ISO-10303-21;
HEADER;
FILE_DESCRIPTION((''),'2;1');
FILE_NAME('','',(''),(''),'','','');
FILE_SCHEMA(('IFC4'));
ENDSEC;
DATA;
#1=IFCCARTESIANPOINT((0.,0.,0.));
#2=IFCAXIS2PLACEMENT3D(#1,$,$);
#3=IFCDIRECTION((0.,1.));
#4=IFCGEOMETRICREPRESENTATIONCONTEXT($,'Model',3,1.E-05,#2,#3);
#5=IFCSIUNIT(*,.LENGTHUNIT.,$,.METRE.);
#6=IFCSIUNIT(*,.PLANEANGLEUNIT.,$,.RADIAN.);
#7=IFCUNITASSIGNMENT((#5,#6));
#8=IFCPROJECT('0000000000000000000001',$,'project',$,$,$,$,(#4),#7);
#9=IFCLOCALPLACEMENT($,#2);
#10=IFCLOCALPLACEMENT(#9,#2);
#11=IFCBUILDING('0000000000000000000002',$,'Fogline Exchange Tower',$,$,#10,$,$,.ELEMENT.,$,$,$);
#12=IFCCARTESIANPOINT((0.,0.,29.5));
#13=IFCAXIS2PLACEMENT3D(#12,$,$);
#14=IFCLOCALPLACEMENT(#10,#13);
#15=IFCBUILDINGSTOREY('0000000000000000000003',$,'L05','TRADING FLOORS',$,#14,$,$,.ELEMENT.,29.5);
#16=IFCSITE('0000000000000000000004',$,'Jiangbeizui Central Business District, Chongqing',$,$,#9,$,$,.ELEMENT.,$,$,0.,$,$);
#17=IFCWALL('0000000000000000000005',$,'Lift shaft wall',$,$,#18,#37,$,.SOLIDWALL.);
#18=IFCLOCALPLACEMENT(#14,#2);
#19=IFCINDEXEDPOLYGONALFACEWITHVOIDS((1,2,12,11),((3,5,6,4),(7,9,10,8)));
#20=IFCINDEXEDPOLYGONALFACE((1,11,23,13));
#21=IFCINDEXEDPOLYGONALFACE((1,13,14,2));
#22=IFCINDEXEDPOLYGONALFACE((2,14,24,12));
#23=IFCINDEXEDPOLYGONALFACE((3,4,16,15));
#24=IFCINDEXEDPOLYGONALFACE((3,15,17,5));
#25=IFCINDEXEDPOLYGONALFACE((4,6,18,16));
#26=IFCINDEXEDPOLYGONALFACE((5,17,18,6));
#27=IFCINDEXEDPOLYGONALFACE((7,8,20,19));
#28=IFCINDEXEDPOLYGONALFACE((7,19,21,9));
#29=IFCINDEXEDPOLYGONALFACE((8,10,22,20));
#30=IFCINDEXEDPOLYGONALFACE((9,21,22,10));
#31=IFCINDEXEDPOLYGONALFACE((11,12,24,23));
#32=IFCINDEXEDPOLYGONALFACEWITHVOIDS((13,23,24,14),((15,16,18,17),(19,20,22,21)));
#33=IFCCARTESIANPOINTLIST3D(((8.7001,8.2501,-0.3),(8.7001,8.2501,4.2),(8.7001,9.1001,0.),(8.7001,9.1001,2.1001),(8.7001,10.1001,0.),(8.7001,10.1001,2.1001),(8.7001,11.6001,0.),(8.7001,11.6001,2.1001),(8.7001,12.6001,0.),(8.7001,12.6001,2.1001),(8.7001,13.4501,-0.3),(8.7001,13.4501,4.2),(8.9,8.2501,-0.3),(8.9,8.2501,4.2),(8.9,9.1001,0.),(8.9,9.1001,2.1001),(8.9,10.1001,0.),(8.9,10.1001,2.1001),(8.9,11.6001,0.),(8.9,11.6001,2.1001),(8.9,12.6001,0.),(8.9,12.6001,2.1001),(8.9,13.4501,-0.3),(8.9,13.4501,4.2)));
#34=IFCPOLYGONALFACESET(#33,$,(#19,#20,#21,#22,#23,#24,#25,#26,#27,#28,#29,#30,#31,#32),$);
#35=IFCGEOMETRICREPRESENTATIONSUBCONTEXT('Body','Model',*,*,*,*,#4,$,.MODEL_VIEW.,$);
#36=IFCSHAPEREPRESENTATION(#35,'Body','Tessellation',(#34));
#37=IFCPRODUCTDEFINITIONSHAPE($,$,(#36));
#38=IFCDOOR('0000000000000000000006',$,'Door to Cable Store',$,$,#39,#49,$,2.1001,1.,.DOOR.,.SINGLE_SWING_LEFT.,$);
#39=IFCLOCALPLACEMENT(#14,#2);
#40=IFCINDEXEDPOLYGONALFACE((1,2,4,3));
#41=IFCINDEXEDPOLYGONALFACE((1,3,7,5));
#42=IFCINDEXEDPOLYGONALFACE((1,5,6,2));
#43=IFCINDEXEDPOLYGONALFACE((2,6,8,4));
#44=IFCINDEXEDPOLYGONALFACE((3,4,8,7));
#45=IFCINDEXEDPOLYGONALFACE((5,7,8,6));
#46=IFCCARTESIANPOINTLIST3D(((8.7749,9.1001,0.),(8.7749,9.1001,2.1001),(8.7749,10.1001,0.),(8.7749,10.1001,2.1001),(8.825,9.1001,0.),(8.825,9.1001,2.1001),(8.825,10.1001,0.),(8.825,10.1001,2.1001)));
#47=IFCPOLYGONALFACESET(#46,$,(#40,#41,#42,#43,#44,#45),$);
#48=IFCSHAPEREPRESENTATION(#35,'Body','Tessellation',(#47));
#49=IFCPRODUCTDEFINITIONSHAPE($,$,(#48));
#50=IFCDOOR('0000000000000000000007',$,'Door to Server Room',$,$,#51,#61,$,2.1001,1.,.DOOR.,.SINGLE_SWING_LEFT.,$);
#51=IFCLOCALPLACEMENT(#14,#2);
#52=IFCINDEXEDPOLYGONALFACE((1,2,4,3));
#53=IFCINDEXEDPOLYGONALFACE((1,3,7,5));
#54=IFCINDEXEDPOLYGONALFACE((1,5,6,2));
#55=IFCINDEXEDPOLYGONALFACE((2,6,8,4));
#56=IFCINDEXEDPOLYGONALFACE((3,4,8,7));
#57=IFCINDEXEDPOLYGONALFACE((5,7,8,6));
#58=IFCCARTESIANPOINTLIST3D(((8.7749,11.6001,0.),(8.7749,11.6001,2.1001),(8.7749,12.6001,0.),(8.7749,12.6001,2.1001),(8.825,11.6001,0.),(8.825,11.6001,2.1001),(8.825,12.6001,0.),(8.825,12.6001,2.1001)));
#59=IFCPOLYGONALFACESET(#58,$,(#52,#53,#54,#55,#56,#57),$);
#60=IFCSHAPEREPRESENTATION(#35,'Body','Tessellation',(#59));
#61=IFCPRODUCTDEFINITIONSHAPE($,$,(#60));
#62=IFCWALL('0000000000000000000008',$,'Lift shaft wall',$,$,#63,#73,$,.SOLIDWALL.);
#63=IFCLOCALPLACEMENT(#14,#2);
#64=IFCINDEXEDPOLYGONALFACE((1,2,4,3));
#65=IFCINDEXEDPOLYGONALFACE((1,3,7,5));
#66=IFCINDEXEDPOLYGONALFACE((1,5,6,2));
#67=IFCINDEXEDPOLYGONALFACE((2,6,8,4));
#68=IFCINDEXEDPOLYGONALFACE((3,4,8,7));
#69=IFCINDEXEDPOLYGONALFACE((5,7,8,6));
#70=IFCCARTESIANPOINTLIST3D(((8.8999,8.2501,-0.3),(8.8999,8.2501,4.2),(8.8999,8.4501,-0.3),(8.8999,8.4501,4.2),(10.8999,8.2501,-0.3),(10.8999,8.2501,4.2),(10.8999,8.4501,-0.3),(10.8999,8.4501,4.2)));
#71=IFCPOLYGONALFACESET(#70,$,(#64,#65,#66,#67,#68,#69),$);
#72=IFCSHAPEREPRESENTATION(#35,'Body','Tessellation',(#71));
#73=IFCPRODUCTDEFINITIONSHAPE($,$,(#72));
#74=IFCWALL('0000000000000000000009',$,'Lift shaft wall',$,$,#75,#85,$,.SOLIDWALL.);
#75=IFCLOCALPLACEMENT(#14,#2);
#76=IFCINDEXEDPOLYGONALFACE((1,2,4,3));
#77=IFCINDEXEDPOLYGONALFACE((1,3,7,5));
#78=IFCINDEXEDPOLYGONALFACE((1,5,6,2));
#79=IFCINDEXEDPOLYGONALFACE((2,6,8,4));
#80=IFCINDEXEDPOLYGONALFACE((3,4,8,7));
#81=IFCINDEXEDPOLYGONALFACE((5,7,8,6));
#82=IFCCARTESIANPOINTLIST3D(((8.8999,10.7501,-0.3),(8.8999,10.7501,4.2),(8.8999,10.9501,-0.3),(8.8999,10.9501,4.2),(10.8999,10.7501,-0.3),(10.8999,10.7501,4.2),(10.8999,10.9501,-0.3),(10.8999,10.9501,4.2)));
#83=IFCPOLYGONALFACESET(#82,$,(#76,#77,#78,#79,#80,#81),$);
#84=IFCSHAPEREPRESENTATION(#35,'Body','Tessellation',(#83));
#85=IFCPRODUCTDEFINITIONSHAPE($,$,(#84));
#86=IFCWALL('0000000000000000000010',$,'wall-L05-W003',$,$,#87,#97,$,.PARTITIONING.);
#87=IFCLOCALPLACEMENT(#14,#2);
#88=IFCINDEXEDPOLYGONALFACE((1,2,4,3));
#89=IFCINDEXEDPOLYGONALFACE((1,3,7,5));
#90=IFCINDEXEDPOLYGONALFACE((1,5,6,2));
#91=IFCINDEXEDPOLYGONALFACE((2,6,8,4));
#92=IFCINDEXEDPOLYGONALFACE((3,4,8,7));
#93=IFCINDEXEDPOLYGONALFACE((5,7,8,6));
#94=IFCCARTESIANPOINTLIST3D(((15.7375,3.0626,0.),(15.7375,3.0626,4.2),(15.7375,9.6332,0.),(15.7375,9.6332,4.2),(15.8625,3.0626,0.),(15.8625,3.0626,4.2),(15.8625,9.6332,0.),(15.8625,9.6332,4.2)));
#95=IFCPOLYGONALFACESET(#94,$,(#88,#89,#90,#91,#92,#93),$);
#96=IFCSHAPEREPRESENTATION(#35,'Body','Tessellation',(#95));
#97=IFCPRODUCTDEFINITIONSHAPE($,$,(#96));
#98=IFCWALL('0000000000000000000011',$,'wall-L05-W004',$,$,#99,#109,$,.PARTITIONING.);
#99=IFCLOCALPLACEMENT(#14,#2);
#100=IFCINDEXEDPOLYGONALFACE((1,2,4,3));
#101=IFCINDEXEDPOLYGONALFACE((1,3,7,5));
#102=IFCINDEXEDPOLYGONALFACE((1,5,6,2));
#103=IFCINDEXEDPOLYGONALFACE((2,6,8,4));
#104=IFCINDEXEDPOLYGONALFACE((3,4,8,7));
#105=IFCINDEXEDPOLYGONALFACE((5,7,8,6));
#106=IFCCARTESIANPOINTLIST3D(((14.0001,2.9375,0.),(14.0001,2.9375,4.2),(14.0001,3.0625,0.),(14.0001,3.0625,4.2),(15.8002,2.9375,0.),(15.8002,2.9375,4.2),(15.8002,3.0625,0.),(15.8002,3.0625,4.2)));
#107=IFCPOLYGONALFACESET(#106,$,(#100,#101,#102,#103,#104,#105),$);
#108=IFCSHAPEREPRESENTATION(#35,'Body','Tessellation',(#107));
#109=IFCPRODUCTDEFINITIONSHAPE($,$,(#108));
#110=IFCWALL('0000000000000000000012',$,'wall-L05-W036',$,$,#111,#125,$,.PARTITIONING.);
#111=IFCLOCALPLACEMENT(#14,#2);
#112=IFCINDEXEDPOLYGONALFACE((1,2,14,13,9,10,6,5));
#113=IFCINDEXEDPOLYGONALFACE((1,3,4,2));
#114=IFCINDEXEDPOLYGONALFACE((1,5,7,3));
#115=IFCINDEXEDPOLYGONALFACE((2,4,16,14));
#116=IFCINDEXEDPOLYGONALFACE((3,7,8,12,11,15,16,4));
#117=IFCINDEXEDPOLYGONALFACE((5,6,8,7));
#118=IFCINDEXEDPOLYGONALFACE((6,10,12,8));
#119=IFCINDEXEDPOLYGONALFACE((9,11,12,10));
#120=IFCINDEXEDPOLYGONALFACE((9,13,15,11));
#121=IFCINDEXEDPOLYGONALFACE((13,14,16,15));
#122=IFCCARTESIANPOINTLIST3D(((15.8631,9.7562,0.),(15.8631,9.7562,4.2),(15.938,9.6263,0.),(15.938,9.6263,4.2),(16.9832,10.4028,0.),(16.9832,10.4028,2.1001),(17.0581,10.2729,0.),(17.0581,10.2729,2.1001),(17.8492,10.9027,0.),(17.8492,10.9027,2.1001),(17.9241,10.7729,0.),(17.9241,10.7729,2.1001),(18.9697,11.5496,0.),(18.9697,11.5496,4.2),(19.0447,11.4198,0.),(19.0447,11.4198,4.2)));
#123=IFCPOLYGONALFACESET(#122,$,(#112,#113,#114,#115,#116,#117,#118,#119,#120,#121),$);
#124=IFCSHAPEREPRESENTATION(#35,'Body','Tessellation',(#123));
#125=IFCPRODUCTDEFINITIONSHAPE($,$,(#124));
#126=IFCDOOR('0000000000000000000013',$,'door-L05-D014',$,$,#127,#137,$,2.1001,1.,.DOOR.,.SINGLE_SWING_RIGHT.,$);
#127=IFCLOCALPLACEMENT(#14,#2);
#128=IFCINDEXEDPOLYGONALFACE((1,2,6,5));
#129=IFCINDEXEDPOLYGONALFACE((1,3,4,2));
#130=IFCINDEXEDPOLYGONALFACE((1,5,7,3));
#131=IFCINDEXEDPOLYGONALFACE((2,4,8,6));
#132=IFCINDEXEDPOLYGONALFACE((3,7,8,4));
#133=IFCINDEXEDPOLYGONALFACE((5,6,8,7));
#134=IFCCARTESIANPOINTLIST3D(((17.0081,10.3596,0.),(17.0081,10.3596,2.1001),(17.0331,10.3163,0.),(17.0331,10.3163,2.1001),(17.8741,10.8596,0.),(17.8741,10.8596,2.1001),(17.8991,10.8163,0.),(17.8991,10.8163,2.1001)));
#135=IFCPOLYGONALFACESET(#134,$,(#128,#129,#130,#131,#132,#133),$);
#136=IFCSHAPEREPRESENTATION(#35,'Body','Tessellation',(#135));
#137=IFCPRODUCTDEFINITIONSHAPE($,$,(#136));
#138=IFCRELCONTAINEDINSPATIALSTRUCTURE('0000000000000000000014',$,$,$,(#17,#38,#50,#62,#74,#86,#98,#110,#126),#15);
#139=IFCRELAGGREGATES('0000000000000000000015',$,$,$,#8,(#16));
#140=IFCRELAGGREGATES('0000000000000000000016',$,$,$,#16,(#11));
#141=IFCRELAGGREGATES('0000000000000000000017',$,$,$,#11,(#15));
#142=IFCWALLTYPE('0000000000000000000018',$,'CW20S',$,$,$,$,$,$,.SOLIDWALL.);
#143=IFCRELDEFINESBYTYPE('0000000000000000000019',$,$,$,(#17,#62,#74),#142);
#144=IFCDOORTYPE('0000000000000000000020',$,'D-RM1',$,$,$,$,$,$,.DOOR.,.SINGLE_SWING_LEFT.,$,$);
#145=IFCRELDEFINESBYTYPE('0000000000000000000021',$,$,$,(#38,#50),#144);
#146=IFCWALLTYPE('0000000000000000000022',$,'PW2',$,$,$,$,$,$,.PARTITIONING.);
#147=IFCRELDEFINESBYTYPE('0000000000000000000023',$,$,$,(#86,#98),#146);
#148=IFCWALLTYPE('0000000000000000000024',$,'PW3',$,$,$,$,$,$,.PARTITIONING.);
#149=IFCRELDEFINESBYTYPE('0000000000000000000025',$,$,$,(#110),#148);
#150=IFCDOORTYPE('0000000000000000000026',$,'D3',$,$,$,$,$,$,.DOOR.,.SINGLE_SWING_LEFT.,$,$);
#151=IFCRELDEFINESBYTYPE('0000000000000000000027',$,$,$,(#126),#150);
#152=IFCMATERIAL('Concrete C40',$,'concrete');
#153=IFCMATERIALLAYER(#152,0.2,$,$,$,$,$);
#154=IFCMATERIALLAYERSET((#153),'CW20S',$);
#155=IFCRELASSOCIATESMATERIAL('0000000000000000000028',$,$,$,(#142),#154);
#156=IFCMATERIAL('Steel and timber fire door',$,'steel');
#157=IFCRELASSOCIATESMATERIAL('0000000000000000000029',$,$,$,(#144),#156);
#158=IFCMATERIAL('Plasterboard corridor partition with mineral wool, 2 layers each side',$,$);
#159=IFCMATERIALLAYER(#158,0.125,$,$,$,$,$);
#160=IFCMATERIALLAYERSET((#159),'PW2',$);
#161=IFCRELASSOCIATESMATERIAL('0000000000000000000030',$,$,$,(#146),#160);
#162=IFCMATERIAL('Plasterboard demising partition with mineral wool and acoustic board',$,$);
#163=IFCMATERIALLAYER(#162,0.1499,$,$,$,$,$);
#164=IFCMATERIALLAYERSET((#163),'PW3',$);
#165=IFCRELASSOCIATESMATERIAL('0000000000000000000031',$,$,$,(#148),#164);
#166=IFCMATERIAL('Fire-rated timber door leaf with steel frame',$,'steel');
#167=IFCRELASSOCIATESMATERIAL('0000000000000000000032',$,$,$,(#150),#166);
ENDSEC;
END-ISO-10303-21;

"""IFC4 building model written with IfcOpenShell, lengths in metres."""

from ifc_helpers import new_model, si_unit, direction, frame, frame_2d, origin, place, context, subcontext, project, spatial, rectangle, extrude, material, layer, layer_set, type_object, element, fill, save


model = new_model("IFC4")

# Units and contexts
model_context = context("Model", 3, precision=1e-05, world=origin(), true_north=direction((0.0, 1.0)))
body_context = subcontext(model_context, "Body", "Model", "MODEL_VIEW")
ifc_project = project(units=[si_unit("LENGTHUNIT", "METRE"), si_unit("PLANEANGLEUNIT", "RADIAN")], contexts=[model_context])

# Site, building, storey
site_placement = place(None, origin())
site = spatial("IfcSite", under=ifc_project, at=site_placement, Name="Jiangbeizui Central Business District, Chongqing", CompositionType="ELEMENT", RefElevation=0.0)
building_placement = place(site_placement, origin())
building = spatial("IfcBuilding", under=site, at=building_placement, Name="Fogline Exchange Tower", CompositionType="ELEMENT")
storey_placement = place(building_placement, frame((0.0, 0.0, 29.5)))
storey = spatial("IfcBuildingStorey", under=building, at=storey_placement, Name="L05", Description="TRADING FLOORS", CompositionType="ELEMENT", Elevation=29.5)

# Shared definitions
ifc_material_1 = material(Name="Concrete C40", Category="concrete")

# Shared definitions
ifc_material_2 = material(Name="Steel and timber fire door", Category="steel")

# Wall, openings, doors
ifc_layer_1 = layer(ifc_material_1, 0.2)
ifc_layer_set_1 = layer_set([ifc_layer_1], Name="CW20S")
wall_type_1 = type_object("IfcWallType", Name="CW20S", PredefinedType="SOLIDWALL", material=ifc_layer_set_1)
wall_1_placement = place(storey_placement, frame((8.8, 8.25, -0.3), z_axis=(0.0, 0.0, 1.0), x_axis=(0.0, 1.0, 0.0)))
wall_1 = element("IfcWall", 1, at=wall_1_placement, inside=storey, type_object=wall_type_1, Name="Lift shaft wall", PredefinedType="SOLIDWALL", context=body_context, shape_type="SweptSolid", body=[
    extrude(rectangle(XDim=5.2, YDim=0.2, at=frame_2d((2.6001, 0.0))), origin(), (0.0, 0.0, 1.0), 4.5),
])
opening_1_placement = place(wall_1_placement, frame((0.8501, 0.0, 0.3)))
opening_1 = element("IfcOpeningElement", 2, at=opening_1_placement, cuts=wall_1, PredefinedType="OPENING", context=body_context, shape_type="SweptSolid", body=[
    extrude(rectangle(XDim=1.0, YDim=2.1001, at=frame_2d((0.5, 1.05))), frame((0.0, 0.1099, 0.0), z_axis=(0.0, -1.0, 0.0), x_axis=(1.0, 0.0, 0.0)), (0.0, 0.0, 1.0), 0.22),
])
opening_2_placement = place(wall_1_placement, frame((3.3501, 0.0, 0.3)))
opening_2 = element("IfcOpeningElement", 3, at=opening_2_placement, cuts=wall_1, PredefinedType="OPENING", context=body_context, shape_type="SweptSolid", body=[
    extrude(rectangle(XDim=1.0, YDim=2.1001, at=frame_2d((0.5, 1.05))), frame((0.0, 0.1099, 0.0), z_axis=(0.0, -1.0, 0.0), x_axis=(1.0, 0.0, 0.0)), (0.0, 0.0, 1.0), 0.22),
])
door_type_1 = type_object("IfcDoorType", Name="D-RM1", OperationType="SINGLE_SWING_LEFT", PredefinedType="DOOR", material=ifc_material_2)
door_1_placement = place(opening_1_placement, frame((1.0, 0.0, 0.0), z_axis=(0.0, 0.0, 1.0), x_axis=(-1.0, 0.0, 0.0)))
door_1 = element("IfcDoor", 4, at=door_1_placement, inside=storey, type_object=door_type_1, Name="Door to Cable Store", OperationType="SINGLE_SWING_LEFT", OverallHeight=2.1001, OverallWidth=1.0, PredefinedType="DOOR", context=body_context, shape_type="SweptSolid", body=[
    extrude(rectangle(XDim=1.0, YDim=2.1001, at=frame_2d((0.5, 1.05))), frame((0.0, 0.0249, 0.0), z_axis=(0.0, -1.0, 0.0), x_axis=(1.0, 0.0, 0.0)), (0.0, 0.0, 1.0), 0.05),
])
fill(opening_1, door_1)
door_2_placement = place(opening_2_placement, frame((1.0, 0.0, 0.0), z_axis=(0.0, 0.0, 1.0), x_axis=(-1.0, 0.0, 0.0)))
door_2 = element("IfcDoor", 5, at=door_2_placement, inside=storey, type_object=door_type_1, Name="Door to Server Room", OperationType="SINGLE_SWING_LEFT", OverallHeight=2.1001, OverallWidth=1.0, PredefinedType="DOOR", context=body_context, shape_type="SweptSolid", body=[
    extrude(rectangle(XDim=1.0, YDim=2.1001, at=frame_2d((0.5, 1.05))), frame((0.0, 0.0249, 0.0), z_axis=(0.0, -1.0, 0.0), x_axis=(1.0, 0.0, 0.0)), (0.0, 0.0, 1.0), 0.05),
])
fill(opening_2, door_2)

# Walls
for number, where, z_axis, x_axis, name in (
    (6, (8.8999, 8.3501, -0.3), (0.0, 0.0, 1.0), (1.0, 0.0, 0.0), "Lift shaft wall"),
    (7, (8.8999, 10.8501, -0.3), (0.0, 0.0, 1.0), (1.0, 0.0, 0.0), "Lift shaft wall"),
):
    element("IfcWall", number, at=place(storey_placement, frame(where, z_axis=z_axis, x_axis=x_axis)), inside=storey, type_object=wall_type_1, Name=name, PredefinedType="SOLIDWALL", context=body_context, shape_type="SweptSolid", body=[
        extrude(rectangle(XDim=2.0, YDim=0.2, at=frame_2d((1.0, 0.0))), origin(), (0.0, 0.0, 1.0), 4.5),
    ])
ifc_material_3 = material(Name="Plasterboard corridor partition with mineral wool, 2 layers each side")
ifc_layer_2 = layer(ifc_material_3, 0.125)
ifc_layer_set_2 = layer_set([ifc_layer_2], Name="PW2")
wall_type_2 = type_object("IfcWallType", Name="PW2", PredefinedType="PARTITIONING", material=ifc_layer_set_2)
wall_2_placement = place(storey_placement, frame((15.8, 9.6331, 0.0), z_axis=(0.0, 0.0, 1.0), x_axis=(0.0, -1.0, 0.0)))
element("IfcWall", 8, at=wall_2_placement, inside=storey, type_object=wall_type_2, Name="wall-L05-W003", PredefinedType="PARTITIONING", context=body_context, shape_type="SweptSolid", body=[
    extrude(rectangle(XDim=6.5706, YDim=0.125, at=frame_2d((3.2852, 0.0))), origin(), (0.0, 0.0, 1.0), 4.2),
])
wall_3_placement = place(storey_placement, frame((15.8, 3.0, 0.0), z_axis=(0.0, 0.0, 1.0), x_axis=(-1.0, 0.0, 0.0)))
element("IfcWall", 9, at=wall_3_placement, inside=storey, type_object=wall_type_2, Name="wall-L05-W004", PredefinedType="PARTITIONING", context=body_context, shape_type="SweptSolid", body=[
    extrude(rectangle(XDim=1.8, YDim=0.125, at=frame_2d((0.8999, 0.0))), origin(), (0.0, 0.0, 1.0), 4.2),
])

# Wall, opening, door
ifc_material_4 = material(Name="Plasterboard demising partition with mineral wool and acoustic board")
ifc_layer_3 = layer(ifc_material_4, 0.1499)
ifc_layer_set_3 = layer_set([ifc_layer_3], Name="PW3")
wall_type_3 = type_object("IfcWallType", Name="PW3", PredefinedType="PARTITIONING", material=ifc_layer_set_3)
wall_4_placement = place(storey_placement, frame((19.0071, 11.4846, 0.0), z_axis=(0.0, 0.0, 1.0), x_axis=(-0.866048, -0.49996, 0.0)))
wall_4 = element("IfcWall", 10, at=wall_4_placement, inside=storey, type_object=wall_type_3, Name="wall-L05-W036", PredefinedType="PARTITIONING", context=body_context, shape_type="SweptSolid", body=[
    extrude(rectangle(XDim=3.5872, YDim=0.1499, at=frame_2d((1.7935, 0.0))), origin(), (0.0, 0.0, 1.0), 4.2),
])
opening_3_placement = place(wall_4_placement, frame((1.2937, 0.0, 0.0)))
opening_3 = element("IfcOpeningElement", 11, at=opening_3_placement, cuts=wall_4, PredefinedType="OPENING", context=body_context, shape_type="SweptSolid", body=[
    extrude(rectangle(XDim=1.0, YDim=2.1001, at=frame_2d((0.5, 1.05))), frame((0.0, 0.085, 0.0), z_axis=(0.0, -1.0, 0.0), x_axis=(1.0, 0.0, 0.0)), (0.0, 0.0, 1.0), 0.1699),
])
ifc_material_5 = material(Name="Fire-rated timber door leaf with steel frame", Category="steel")
door_type_2 = type_object("IfcDoorType", Name="D3", OperationType="SINGLE_SWING_LEFT", PredefinedType="DOOR", material=ifc_material_5)
door_3_placement = place(opening_3_placement, origin())
door_3 = element("IfcDoor", 12, at=door_3_placement, inside=storey, type_object=door_type_2, Name="door-L05-D014", OperationType="SINGLE_SWING_RIGHT", OverallHeight=2.1001, OverallWidth=1.0, PredefinedType="DOOR", context=body_context, shape_type="SweptSolid", body=[
    extrude(rectangle(XDim=1.0, YDim=2.1001, at=frame_2d((0.5, 1.05))), frame((0.0, 0.0249, 0.0), z_axis=(0.0, -1.0, 0.0), x_axis=(1.0, 0.0, 0.0)), (0.0, 0.0, 1.0), 0.05),
])
fill(opening_3, door_3)

save(model, "model.ifc")
